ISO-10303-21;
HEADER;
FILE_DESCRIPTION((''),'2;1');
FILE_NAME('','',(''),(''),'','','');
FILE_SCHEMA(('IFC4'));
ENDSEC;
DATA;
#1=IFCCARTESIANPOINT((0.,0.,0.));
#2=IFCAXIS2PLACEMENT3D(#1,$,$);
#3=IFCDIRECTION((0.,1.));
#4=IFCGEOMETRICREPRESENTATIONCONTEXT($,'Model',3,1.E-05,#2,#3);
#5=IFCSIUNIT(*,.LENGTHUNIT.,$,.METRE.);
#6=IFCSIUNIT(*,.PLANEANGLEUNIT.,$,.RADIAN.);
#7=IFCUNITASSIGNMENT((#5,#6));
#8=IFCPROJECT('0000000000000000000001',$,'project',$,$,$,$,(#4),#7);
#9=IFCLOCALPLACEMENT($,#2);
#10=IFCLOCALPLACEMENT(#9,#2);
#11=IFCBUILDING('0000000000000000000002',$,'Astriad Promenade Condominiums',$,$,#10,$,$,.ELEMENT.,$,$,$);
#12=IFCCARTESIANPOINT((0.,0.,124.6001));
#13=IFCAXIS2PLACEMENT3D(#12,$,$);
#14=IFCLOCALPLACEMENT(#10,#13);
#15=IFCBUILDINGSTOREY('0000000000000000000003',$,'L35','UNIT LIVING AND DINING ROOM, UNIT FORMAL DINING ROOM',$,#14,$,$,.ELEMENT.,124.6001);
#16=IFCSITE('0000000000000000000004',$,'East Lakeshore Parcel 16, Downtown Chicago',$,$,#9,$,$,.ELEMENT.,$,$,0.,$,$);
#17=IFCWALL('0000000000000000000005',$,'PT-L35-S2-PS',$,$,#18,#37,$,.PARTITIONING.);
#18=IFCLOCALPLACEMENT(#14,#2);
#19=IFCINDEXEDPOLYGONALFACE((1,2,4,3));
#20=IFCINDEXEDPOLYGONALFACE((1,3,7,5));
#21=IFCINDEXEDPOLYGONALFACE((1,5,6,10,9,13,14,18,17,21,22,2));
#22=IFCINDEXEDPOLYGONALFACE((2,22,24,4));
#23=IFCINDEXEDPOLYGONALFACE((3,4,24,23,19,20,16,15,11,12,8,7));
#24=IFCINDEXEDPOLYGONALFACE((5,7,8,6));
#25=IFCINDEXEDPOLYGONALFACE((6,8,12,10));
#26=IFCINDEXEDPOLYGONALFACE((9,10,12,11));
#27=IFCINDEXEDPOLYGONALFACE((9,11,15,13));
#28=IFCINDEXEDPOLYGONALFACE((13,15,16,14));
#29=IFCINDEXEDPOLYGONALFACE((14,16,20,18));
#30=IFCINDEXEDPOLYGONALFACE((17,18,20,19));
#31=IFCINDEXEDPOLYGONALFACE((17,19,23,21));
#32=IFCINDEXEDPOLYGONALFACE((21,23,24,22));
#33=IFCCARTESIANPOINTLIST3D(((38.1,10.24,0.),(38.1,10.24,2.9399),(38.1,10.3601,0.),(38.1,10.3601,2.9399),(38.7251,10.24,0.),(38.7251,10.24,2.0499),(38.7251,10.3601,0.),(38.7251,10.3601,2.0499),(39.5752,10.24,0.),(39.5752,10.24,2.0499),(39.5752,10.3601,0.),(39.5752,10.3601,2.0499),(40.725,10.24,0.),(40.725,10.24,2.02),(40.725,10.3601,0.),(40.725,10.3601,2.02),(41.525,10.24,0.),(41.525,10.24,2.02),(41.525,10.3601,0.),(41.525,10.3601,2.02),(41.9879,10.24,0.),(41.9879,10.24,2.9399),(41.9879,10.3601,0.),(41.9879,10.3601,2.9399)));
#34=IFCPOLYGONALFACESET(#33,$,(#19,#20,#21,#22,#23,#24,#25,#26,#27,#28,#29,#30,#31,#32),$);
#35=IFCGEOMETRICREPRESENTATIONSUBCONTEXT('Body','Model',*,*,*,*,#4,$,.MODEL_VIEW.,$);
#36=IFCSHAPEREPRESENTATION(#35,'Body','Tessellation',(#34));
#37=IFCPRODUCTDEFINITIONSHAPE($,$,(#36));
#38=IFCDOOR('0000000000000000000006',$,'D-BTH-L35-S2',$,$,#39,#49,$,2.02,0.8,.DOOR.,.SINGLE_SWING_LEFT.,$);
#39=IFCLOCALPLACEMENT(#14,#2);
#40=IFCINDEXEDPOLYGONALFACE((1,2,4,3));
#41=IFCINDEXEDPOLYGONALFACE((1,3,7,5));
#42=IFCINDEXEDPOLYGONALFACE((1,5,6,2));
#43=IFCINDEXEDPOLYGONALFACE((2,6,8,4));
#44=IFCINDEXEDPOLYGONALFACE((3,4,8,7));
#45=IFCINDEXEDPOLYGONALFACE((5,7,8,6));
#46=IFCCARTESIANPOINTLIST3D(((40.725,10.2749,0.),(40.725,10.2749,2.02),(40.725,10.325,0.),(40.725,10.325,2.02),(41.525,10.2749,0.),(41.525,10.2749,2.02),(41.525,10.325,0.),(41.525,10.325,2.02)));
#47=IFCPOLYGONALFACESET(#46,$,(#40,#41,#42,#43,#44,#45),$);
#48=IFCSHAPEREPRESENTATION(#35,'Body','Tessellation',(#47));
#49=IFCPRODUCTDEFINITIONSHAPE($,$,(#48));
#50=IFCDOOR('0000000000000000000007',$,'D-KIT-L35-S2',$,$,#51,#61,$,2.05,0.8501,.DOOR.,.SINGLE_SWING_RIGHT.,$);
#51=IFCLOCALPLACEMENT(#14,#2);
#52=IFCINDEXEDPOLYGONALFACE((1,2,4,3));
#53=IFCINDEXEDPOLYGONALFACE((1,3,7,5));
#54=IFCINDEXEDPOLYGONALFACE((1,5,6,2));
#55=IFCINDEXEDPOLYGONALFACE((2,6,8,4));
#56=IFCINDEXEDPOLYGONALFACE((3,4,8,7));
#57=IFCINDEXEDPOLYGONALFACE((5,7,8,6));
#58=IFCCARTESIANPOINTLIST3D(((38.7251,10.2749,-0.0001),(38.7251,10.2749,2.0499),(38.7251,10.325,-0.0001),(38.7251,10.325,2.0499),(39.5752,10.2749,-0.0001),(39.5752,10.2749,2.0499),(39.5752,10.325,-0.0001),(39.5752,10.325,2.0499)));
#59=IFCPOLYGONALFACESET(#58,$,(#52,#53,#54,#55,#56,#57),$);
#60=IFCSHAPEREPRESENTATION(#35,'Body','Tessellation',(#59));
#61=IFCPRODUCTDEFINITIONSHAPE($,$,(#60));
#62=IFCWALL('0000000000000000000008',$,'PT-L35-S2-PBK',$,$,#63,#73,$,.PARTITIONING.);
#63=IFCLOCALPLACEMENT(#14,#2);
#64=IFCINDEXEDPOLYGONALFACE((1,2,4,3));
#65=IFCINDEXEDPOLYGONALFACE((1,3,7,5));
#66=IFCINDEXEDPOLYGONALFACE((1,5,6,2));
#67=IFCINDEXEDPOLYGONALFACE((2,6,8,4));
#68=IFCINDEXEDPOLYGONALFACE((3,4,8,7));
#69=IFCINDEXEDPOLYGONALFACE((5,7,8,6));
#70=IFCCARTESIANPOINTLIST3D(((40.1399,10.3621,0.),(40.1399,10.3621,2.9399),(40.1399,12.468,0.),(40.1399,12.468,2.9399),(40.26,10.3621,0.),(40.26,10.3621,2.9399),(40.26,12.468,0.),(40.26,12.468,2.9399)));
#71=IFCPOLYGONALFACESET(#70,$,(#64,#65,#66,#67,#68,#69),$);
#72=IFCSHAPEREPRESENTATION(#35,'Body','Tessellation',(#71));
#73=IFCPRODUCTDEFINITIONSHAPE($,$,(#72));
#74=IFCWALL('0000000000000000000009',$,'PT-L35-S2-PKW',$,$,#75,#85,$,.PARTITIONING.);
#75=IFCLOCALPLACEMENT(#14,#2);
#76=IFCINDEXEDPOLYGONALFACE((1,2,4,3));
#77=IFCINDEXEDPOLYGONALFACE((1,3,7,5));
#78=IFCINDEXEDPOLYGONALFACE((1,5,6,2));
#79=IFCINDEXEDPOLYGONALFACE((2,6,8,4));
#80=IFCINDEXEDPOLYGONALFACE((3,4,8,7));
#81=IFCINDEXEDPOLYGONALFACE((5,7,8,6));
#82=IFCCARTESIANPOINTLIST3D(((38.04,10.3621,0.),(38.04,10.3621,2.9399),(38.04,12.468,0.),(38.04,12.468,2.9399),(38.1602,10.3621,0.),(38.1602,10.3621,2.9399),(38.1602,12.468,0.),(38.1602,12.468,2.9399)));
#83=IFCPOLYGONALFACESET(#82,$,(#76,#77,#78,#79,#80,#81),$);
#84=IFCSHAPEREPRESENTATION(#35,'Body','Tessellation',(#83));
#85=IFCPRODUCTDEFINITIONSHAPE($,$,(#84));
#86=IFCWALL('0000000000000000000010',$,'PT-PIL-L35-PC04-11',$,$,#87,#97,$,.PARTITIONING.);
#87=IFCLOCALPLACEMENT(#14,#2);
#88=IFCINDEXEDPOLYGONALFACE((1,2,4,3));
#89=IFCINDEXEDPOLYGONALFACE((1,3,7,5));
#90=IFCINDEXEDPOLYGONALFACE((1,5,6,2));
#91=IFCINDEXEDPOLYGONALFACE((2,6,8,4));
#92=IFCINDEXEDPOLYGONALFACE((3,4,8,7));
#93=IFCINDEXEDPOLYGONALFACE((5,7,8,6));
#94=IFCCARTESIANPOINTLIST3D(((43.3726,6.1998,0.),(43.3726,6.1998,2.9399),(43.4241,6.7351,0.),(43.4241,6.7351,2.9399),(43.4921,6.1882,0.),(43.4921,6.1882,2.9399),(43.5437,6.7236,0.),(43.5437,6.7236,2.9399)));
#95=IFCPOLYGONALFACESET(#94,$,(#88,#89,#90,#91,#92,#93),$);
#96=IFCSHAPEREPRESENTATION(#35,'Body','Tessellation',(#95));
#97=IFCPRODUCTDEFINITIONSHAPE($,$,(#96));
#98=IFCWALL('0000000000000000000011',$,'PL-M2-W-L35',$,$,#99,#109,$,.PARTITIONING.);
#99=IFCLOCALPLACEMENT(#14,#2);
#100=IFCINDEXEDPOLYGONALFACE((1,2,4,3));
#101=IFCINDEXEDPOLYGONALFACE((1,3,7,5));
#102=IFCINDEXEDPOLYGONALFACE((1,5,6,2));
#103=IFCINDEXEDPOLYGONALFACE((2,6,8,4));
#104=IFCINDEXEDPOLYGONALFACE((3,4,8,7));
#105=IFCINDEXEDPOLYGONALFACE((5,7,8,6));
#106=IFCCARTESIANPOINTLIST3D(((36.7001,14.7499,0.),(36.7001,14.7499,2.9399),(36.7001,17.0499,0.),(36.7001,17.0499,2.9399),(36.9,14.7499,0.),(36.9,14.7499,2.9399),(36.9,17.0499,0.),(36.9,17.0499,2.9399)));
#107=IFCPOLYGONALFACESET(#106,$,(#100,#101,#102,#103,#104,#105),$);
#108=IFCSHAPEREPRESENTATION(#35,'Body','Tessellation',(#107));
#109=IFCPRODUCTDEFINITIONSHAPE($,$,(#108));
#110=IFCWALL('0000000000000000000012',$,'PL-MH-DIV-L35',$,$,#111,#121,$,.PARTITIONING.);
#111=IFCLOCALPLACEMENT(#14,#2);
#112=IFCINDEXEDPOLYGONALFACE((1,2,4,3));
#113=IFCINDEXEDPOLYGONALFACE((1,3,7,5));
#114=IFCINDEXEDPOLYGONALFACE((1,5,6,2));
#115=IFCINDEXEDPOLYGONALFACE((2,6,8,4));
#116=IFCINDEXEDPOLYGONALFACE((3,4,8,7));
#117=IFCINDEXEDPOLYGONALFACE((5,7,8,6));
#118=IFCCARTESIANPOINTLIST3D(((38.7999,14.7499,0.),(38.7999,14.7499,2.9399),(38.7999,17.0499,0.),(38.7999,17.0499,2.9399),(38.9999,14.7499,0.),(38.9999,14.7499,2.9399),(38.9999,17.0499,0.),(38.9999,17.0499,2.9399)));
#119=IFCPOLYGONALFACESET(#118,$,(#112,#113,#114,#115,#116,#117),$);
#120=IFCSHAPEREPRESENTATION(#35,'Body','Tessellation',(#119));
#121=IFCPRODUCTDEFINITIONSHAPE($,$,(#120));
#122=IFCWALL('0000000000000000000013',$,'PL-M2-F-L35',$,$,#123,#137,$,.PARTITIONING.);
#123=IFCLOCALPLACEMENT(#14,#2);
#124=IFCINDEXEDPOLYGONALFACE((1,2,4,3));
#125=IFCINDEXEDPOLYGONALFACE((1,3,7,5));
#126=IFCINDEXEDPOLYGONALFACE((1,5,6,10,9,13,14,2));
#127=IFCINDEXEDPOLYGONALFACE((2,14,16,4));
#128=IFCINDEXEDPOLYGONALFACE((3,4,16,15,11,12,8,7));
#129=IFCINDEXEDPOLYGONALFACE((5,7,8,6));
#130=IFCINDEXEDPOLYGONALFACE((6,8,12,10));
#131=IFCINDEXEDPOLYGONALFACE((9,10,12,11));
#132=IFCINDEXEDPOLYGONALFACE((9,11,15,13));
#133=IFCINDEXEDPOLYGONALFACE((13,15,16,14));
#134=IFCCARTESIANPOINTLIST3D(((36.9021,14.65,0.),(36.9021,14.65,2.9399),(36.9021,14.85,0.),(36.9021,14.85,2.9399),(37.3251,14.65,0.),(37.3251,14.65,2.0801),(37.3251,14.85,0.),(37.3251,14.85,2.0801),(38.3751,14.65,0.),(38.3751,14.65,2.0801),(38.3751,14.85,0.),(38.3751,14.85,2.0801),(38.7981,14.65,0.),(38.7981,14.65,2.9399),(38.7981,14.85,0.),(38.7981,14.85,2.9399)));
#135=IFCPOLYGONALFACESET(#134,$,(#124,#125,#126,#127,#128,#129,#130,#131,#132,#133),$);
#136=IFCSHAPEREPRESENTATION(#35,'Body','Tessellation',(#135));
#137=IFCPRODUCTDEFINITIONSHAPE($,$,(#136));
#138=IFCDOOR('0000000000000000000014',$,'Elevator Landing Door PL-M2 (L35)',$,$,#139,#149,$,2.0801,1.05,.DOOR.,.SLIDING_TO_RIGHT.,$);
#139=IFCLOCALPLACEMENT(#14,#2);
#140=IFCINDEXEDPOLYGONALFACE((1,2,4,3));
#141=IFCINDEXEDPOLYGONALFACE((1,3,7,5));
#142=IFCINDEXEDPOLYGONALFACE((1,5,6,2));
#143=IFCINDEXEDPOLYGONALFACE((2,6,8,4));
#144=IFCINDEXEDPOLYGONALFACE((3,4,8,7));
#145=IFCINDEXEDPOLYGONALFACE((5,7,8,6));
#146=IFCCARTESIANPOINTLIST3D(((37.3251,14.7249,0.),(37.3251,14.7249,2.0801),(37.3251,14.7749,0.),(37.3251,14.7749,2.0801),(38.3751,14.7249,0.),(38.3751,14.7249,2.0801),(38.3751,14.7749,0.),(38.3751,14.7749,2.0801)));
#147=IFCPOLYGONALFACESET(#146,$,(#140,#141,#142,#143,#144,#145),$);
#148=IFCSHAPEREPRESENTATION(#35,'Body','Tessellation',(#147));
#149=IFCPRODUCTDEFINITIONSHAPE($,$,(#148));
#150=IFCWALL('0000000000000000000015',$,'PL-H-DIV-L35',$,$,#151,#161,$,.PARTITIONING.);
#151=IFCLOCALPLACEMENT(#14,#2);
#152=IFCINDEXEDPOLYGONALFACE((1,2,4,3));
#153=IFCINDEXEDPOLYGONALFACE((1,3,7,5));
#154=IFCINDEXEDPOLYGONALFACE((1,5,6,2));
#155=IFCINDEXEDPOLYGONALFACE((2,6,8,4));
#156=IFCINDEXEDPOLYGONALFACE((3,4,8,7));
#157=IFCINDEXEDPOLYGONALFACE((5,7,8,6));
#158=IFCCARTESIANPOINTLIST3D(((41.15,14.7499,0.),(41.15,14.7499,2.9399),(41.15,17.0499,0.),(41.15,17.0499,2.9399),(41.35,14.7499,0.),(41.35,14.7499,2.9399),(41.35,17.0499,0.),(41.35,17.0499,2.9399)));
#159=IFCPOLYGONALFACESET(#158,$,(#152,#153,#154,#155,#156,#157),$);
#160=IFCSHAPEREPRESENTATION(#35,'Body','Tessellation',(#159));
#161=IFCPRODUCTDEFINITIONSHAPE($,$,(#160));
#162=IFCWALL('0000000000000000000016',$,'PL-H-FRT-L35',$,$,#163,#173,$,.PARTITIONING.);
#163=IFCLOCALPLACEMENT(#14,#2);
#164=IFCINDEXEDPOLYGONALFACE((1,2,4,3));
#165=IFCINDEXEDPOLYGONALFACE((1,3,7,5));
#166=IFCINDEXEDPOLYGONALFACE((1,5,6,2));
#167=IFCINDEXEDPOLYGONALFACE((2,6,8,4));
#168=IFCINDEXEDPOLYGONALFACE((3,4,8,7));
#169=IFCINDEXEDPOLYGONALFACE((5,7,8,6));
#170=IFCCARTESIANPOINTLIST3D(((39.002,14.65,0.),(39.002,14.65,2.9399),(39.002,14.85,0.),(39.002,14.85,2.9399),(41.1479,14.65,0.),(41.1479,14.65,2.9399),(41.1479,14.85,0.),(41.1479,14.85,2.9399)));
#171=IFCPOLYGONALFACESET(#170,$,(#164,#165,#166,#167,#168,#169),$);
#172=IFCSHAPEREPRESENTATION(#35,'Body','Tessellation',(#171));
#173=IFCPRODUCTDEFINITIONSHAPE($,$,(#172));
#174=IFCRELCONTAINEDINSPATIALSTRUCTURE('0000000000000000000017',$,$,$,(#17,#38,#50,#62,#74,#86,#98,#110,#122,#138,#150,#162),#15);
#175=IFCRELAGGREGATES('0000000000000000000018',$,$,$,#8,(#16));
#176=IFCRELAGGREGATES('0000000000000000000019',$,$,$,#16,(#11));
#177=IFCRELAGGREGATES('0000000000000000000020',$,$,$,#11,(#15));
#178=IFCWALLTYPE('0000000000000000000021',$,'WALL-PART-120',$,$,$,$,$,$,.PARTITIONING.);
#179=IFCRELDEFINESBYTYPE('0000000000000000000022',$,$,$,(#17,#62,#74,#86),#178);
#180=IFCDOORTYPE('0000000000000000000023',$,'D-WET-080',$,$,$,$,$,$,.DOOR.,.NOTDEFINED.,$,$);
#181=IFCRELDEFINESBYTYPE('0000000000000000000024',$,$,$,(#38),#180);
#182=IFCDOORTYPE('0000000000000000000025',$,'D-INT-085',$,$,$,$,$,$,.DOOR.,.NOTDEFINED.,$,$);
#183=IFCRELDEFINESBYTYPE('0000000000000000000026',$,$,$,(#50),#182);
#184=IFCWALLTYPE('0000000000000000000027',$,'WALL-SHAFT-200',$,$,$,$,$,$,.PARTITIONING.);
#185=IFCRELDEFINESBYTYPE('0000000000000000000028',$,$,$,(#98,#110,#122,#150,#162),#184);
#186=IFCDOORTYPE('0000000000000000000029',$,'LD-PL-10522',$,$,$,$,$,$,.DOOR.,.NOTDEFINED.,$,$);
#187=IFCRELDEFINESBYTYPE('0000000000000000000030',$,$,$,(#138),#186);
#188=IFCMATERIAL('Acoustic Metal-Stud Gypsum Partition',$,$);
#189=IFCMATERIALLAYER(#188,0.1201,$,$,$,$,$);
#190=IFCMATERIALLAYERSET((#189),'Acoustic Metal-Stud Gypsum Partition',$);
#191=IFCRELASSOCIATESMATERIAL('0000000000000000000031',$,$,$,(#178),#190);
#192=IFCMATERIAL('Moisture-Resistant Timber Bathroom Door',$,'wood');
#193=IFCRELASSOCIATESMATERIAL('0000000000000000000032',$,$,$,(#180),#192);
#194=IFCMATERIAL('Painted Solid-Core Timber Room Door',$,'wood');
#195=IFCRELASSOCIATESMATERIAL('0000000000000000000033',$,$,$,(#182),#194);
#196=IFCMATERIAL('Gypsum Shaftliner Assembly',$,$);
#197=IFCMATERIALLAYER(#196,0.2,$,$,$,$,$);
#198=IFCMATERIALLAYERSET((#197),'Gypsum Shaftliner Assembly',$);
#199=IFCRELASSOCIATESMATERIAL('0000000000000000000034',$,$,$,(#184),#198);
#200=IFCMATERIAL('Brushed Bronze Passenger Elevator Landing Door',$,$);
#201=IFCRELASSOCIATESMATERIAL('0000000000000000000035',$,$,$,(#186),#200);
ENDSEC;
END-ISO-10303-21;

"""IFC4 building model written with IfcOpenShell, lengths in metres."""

from ifc_helpers import new_model, si_unit, direction, frame, frame_2d, origin, place, context, subcontext, project, spatial, rectangle, extrude, source, transform, mapped, material, layer, layer_set, type_object, type_shapes, element, fill, save


model = new_model("IFC4")

# Units and contexts
model_context = context("Model", 3, precision=1e-05, world=origin(), true_north=direction((0.0, 1.0)))
body_context = subcontext(model_context, "Body", "Model", "MODEL_VIEW")
ifc_project = project(units=[si_unit("LENGTHUNIT", "METRE"), si_unit("PLANEANGLEUNIT", "RADIAN")], contexts=[model_context])

# Site, building, storey
site_placement = place(None, origin())
site = spatial("IfcSite", under=ifc_project, at=site_placement, Name="East Lakeshore Parcel 16, Downtown Chicago", CompositionType="ELEMENT", RefElevation=0.0)
building_placement = place(site_placement, origin())
building = spatial("IfcBuilding", under=site, at=building_placement, Name="Astriad Promenade Condominiums", CompositionType="ELEMENT")
storey_placement = place(building_placement, frame((0.0, 0.0, 124.6001)))
storey = spatial("IfcBuildingStorey", under=building, at=storey_placement, Name="L35", Description="UNIT LIVING AND DINING ROOM, UNIT FORMAL DINING ROOM", CompositionType="ELEMENT", Elevation=124.6001)

# Shared definitions
ifc_material_1 = material(Name="Acoustic Metal-Stud Gypsum Partition")
ifc_layer_1 = layer(ifc_material_1, 0.1201)
ifc_layer_set_1 = layer_set([ifc_layer_1], Name="Acoustic Metal-Stud Gypsum Partition")
wall_type_1 = type_object("IfcWallType", Name="WALL-PART-120", PredefinedType="PARTITIONING", material=ifc_layer_set_1)

# Wall, openings, doors
wall_1_placement = place(storey_placement, frame((38.1001, 10.3, 0.0), z_axis=(0.0, 0.0, 1.0), x_axis=(1.0, 0.0, 0.0)))
wall_1 = element("IfcWall", 1, at=wall_1_placement, inside=storey, type_object=wall_type_1, Name="PT-L35-S2-PS", PredefinedType="PARTITIONING", context=body_context, shape_type="SweptSolid", body=[
    extrude(rectangle(XDim=3.8879, YDim=0.1201, at=frame_2d((1.9438, 0.0))), origin(), (0.0, 0.0, 1.0), 2.9399),
])
opening_1_placement = place(wall_1_placement, frame((0.625, 0.0, 0.0)))
opening_1 = element("IfcOpeningElement", 2, at=opening_1_placement, cuts=wall_1, PredefinedType="OPENING", context=body_context, shape_type="SweptSolid", body=[
    extrude(rectangle(XDim=0.8501, YDim=2.05, at=frame_2d((0.425, 1.0249))), frame((0.0, 0.0701, 0.0), z_axis=(0.0, -1.0, 0.0), x_axis=(1.0, 0.0, 0.0)), (0.0, 0.0, 1.0), 0.1401),
])
opening_2_placement = place(wall_1_placement, frame((2.625, 0.0, 0.0)))
opening_2 = element("IfcOpeningElement", 3, at=opening_2_placement, cuts=wall_1, PredefinedType="OPENING", context=body_context, shape_type="SweptSolid", body=[
    extrude(rectangle(XDim=0.8, YDim=2.02, at=frame_2d((0.3999, 1.01))), frame((0.0, 0.0701, 0.0), z_axis=(0.0, -1.0, 0.0), x_axis=(1.0, 0.0, 0.0)), (0.0, 0.0, 1.0), 0.1401),
])
ifc_material_2 = material(Name="Moisture-Resistant Timber Bathroom Door", Category="wood")
door_type_1 = type_object("IfcDoorType", Name="D-WET-080", OperationType="NOTDEFINED", PredefinedType="DOOR", material=ifc_material_2)
shared_shape_1 = source(origin(), body_context, "Body", "SweptSolid", [
    extrude(rectangle(XDim=0.8, YDim=2.02, at=frame_2d((0.3999, 1.01))), frame((0.0, 0.0249, 0.0), z_axis=(0.0, -1.0, 0.0), x_axis=(1.0, 0.0, 0.0)), (0.0, 0.0, 1.0), 0.05),
])
type_shapes(door_type_1, [shared_shape_1])
door_1_placement = place(opening_2_placement, origin())
door_1 = element("IfcDoor", 4, at=door_1_placement, inside=storey, type_object=door_type_1, Name="D-BTH-L35-S2", OperationType="SINGLE_SWING_LEFT", OverallHeight=2.02, OverallWidth=0.8, PredefinedType="DOOR", context=body_context, shape_type="MappedRepresentation", body=[
    mapped(shared_shape_1, transform((0.0, 0.0, 0.0), scale=1.0)),
])
fill(opening_2, door_1)
ifc_material_3 = material(Name="Painted Solid-Core Timber Room Door", Category="wood")
door_type_2 = type_object("IfcDoorType", Name="D-INT-085", OperationType="NOTDEFINED", PredefinedType="DOOR", material=ifc_material_3)
shared_shape_2 = source(origin(), body_context, "Body", "SweptSolid", [
    extrude(rectangle(XDim=0.8501, YDim=2.05, at=frame_2d((0.425, 1.0249))), frame((0.0, 0.0249, 0.0), z_axis=(0.0, -1.0, 0.0), x_axis=(1.0, 0.0, 0.0)), (0.0, 0.0, 1.0), 0.05),
])
type_shapes(door_type_2, [shared_shape_2])
door_2_placement = place(opening_1_placement, origin())
door_2 = element("IfcDoor", 5, at=door_2_placement, inside=storey, type_object=door_type_2, Name="D-KIT-L35-S2", OperationType="SINGLE_SWING_RIGHT", OverallHeight=2.05, OverallWidth=0.8501, PredefinedType="DOOR", context=body_context, shape_type="MappedRepresentation", body=[
    mapped(shared_shape_2, transform((0.0, 0.0, 0.0), scale=1.0)),
])
fill(opening_1, door_2)

# Walls
for number, where, z_axis, x_axis, name in (
    (6, (40.2, 10.3621, 0.0), (0.0, 0.0, 1.0), (0.0, 1.0, 0.0), "PT-L35-S2-PBK"),
    (7, (38.1001, 10.3621, 0.0), (0.0, 0.0, 1.0), (0.0, 1.0, 0.0), "PT-L35-S2-PKW"),
):
    element("IfcWall", number, at=place(storey_placement, frame(where, z_axis=z_axis, x_axis=x_axis)), inside=storey, type_object=wall_type_1, Name=name, PredefinedType="PARTITIONING", context=body_context, shape_type="SweptSolid", body=[
        extrude(rectangle(XDim=2.106, YDim=0.1201, at=frame_2d((1.053, 0.0))), origin(), (0.0, 0.0, 1.0), 2.9399),
    ])
wall_2_placement = place(storey_placement, frame((43.4839, 6.7295, 0.0), z_axis=(0.0, 0.0, 1.0), x_axis=(-0.095773, -0.995403, 0.0)))
element("IfcWall", 8, at=wall_2_placement, inside=storey, type_object=wall_type_1, Name="PT-PIL-L35-PC04-11", PredefinedType="PARTITIONING", context=body_context, shape_type="SweptSolid", body=[
    extrude(rectangle(XDim=0.5378, YDim=0.1201, at=frame_2d((0.269, 0.0))), origin(), (0.0, 0.0, 1.0), 2.9399),
])
ifc_material_4 = material(Name="Gypsum Shaftliner Assembly")
ifc_layer_2 = layer(ifc_material_4, 0.2)
ifc_layer_set_2 = layer_set([ifc_layer_2], Name="Gypsum Shaftliner Assembly")
wall_type_2 = type_object("IfcWallType", Name="WALL-SHAFT-200", PredefinedType="PARTITIONING", material=ifc_layer_set_2)
for number, where, z_axis, x_axis, name in (
    (9, (36.8, 14.75, 0.0), (0.0, 0.0, 1.0), (0.0, 1.0, 0.0), "PL-M2-W-L35"),
    (10, (38.8999, 14.75, 0.0), (0.0, 0.0, 1.0), (0.0, 1.0, 0.0), "PL-MH-DIV-L35"),
):
    element("IfcWall", number, at=place(storey_placement, frame(where, z_axis=z_axis, x_axis=x_axis)), inside=storey, type_object=wall_type_2, Name=name, PredefinedType="PARTITIONING", context=body_context, shape_type="SweptSolid", body=[
        extrude(rectangle(XDim=2.3, YDim=0.2, at=frame_2d((1.1499, 0.0))), origin(), (0.0, 0.0, 1.0), 2.9399),
    ])

# Wall, opening, door
wall_3_placement = place(storey_placement, frame((36.9021, 14.75, 0.0), z_axis=(0.0, 0.0, 1.0), x_axis=(1.0, 0.0, 0.0)))
wall_3 = element("IfcWall", 11, at=wall_3_placement, inside=storey, type_object=wall_type_2, Name="PL-M2-F-L35", PredefinedType="PARTITIONING", context=body_context, shape_type="SweptSolid", body=[
    extrude(rectangle(XDim=1.896, YDim=0.2, at=frame_2d((0.948, 0.0))), origin(), (0.0, 0.0, 1.0), 2.9399),
])
opening_3_placement = place(wall_3_placement, frame((0.4231, 0.0, 0.0)))
opening_3 = element("IfcOpeningElement", 12, at=opening_3_placement, cuts=wall_3, PredefinedType="OPENING", context=body_context, shape_type="SweptSolid", body=[
    extrude(rectangle(XDim=1.05, YDim=2.0801, at=frame_2d((0.5249, 1.04))), frame((0.0, 0.1099, 0.0), z_axis=(0.0, -1.0, 0.0), x_axis=(1.0, 0.0, 0.0)), (0.0, 0.0, 1.0), 0.22),
])
ifc_material_5 = material(Name="Brushed Bronze Passenger Elevator Landing Door")
door_type_3 = type_object("IfcDoorType", Name="LD-PL-10522", OperationType="NOTDEFINED", PredefinedType="DOOR", material=ifc_material_5)
shared_shape_3 = source(origin(), body_context, "Body", "SweptSolid", [
    extrude(rectangle(XDim=1.05, YDim=2.0801, at=frame_2d((0.5249, 1.04))), frame((0.0, 0.0249, 0.0), z_axis=(0.0, -1.0, 0.0), x_axis=(1.0, 0.0, 0.0)), (0.0, 0.0, 1.0), 0.05),
])
type_shapes(door_type_3, [shared_shape_3])
door_3_placement = place(opening_3_placement, origin())
door_3 = element("IfcDoor", 13, at=door_3_placement, inside=storey, type_object=door_type_3, Name="Elevator Landing Door PL-M2 (L35)", OperationType="SLIDING_TO_RIGHT", OverallHeight=2.0801, OverallWidth=1.05, PredefinedType="DOOR", context=body_context, shape_type="MappedRepresentation", body=[
    mapped(shared_shape_3, transform((0.0, 0.0, 0.0), scale=1.0)),
])
fill(opening_3, door_3)

# Walls
wall_4_placement = place(storey_placement, frame((41.25, 14.75, 0.0), z_axis=(0.0, 0.0, 1.0), x_axis=(0.0, 1.0, 0.0)))
element("IfcWall", 14, at=wall_4_placement, inside=storey, type_object=wall_type_2, Name="PL-H-DIV-L35", PredefinedType="PARTITIONING", context=body_context, shape_type="SweptSolid", body=[
    extrude(rectangle(XDim=2.3, YDim=0.2, at=frame_2d((1.1499, 0.0))), origin(), (0.0, 0.0, 1.0), 2.9399),
])
for number, where, z_axis, x_axis, name in (
    (15, (39.002, 14.75, 0.0), (0.0, 0.0, 1.0), (1.0, 0.0, 0.0), "PL-H-FRT-L35"),
):
    element("IfcWall", number, at=place(storey_placement, frame(where, z_axis=z_axis, x_axis=x_axis)), inside=storey, type_object=wall_type_2, Name=name, PredefinedType="PARTITIONING", context=body_context, shape_type="SweptSolid", body=[
        extrude(rectangle(XDim=2.146, YDim=0.2, at=frame_2d((1.073, 0.0))), origin(), (0.0, 0.0, 1.0), 2.9399),
    ])

save(model, "model.ifc")
